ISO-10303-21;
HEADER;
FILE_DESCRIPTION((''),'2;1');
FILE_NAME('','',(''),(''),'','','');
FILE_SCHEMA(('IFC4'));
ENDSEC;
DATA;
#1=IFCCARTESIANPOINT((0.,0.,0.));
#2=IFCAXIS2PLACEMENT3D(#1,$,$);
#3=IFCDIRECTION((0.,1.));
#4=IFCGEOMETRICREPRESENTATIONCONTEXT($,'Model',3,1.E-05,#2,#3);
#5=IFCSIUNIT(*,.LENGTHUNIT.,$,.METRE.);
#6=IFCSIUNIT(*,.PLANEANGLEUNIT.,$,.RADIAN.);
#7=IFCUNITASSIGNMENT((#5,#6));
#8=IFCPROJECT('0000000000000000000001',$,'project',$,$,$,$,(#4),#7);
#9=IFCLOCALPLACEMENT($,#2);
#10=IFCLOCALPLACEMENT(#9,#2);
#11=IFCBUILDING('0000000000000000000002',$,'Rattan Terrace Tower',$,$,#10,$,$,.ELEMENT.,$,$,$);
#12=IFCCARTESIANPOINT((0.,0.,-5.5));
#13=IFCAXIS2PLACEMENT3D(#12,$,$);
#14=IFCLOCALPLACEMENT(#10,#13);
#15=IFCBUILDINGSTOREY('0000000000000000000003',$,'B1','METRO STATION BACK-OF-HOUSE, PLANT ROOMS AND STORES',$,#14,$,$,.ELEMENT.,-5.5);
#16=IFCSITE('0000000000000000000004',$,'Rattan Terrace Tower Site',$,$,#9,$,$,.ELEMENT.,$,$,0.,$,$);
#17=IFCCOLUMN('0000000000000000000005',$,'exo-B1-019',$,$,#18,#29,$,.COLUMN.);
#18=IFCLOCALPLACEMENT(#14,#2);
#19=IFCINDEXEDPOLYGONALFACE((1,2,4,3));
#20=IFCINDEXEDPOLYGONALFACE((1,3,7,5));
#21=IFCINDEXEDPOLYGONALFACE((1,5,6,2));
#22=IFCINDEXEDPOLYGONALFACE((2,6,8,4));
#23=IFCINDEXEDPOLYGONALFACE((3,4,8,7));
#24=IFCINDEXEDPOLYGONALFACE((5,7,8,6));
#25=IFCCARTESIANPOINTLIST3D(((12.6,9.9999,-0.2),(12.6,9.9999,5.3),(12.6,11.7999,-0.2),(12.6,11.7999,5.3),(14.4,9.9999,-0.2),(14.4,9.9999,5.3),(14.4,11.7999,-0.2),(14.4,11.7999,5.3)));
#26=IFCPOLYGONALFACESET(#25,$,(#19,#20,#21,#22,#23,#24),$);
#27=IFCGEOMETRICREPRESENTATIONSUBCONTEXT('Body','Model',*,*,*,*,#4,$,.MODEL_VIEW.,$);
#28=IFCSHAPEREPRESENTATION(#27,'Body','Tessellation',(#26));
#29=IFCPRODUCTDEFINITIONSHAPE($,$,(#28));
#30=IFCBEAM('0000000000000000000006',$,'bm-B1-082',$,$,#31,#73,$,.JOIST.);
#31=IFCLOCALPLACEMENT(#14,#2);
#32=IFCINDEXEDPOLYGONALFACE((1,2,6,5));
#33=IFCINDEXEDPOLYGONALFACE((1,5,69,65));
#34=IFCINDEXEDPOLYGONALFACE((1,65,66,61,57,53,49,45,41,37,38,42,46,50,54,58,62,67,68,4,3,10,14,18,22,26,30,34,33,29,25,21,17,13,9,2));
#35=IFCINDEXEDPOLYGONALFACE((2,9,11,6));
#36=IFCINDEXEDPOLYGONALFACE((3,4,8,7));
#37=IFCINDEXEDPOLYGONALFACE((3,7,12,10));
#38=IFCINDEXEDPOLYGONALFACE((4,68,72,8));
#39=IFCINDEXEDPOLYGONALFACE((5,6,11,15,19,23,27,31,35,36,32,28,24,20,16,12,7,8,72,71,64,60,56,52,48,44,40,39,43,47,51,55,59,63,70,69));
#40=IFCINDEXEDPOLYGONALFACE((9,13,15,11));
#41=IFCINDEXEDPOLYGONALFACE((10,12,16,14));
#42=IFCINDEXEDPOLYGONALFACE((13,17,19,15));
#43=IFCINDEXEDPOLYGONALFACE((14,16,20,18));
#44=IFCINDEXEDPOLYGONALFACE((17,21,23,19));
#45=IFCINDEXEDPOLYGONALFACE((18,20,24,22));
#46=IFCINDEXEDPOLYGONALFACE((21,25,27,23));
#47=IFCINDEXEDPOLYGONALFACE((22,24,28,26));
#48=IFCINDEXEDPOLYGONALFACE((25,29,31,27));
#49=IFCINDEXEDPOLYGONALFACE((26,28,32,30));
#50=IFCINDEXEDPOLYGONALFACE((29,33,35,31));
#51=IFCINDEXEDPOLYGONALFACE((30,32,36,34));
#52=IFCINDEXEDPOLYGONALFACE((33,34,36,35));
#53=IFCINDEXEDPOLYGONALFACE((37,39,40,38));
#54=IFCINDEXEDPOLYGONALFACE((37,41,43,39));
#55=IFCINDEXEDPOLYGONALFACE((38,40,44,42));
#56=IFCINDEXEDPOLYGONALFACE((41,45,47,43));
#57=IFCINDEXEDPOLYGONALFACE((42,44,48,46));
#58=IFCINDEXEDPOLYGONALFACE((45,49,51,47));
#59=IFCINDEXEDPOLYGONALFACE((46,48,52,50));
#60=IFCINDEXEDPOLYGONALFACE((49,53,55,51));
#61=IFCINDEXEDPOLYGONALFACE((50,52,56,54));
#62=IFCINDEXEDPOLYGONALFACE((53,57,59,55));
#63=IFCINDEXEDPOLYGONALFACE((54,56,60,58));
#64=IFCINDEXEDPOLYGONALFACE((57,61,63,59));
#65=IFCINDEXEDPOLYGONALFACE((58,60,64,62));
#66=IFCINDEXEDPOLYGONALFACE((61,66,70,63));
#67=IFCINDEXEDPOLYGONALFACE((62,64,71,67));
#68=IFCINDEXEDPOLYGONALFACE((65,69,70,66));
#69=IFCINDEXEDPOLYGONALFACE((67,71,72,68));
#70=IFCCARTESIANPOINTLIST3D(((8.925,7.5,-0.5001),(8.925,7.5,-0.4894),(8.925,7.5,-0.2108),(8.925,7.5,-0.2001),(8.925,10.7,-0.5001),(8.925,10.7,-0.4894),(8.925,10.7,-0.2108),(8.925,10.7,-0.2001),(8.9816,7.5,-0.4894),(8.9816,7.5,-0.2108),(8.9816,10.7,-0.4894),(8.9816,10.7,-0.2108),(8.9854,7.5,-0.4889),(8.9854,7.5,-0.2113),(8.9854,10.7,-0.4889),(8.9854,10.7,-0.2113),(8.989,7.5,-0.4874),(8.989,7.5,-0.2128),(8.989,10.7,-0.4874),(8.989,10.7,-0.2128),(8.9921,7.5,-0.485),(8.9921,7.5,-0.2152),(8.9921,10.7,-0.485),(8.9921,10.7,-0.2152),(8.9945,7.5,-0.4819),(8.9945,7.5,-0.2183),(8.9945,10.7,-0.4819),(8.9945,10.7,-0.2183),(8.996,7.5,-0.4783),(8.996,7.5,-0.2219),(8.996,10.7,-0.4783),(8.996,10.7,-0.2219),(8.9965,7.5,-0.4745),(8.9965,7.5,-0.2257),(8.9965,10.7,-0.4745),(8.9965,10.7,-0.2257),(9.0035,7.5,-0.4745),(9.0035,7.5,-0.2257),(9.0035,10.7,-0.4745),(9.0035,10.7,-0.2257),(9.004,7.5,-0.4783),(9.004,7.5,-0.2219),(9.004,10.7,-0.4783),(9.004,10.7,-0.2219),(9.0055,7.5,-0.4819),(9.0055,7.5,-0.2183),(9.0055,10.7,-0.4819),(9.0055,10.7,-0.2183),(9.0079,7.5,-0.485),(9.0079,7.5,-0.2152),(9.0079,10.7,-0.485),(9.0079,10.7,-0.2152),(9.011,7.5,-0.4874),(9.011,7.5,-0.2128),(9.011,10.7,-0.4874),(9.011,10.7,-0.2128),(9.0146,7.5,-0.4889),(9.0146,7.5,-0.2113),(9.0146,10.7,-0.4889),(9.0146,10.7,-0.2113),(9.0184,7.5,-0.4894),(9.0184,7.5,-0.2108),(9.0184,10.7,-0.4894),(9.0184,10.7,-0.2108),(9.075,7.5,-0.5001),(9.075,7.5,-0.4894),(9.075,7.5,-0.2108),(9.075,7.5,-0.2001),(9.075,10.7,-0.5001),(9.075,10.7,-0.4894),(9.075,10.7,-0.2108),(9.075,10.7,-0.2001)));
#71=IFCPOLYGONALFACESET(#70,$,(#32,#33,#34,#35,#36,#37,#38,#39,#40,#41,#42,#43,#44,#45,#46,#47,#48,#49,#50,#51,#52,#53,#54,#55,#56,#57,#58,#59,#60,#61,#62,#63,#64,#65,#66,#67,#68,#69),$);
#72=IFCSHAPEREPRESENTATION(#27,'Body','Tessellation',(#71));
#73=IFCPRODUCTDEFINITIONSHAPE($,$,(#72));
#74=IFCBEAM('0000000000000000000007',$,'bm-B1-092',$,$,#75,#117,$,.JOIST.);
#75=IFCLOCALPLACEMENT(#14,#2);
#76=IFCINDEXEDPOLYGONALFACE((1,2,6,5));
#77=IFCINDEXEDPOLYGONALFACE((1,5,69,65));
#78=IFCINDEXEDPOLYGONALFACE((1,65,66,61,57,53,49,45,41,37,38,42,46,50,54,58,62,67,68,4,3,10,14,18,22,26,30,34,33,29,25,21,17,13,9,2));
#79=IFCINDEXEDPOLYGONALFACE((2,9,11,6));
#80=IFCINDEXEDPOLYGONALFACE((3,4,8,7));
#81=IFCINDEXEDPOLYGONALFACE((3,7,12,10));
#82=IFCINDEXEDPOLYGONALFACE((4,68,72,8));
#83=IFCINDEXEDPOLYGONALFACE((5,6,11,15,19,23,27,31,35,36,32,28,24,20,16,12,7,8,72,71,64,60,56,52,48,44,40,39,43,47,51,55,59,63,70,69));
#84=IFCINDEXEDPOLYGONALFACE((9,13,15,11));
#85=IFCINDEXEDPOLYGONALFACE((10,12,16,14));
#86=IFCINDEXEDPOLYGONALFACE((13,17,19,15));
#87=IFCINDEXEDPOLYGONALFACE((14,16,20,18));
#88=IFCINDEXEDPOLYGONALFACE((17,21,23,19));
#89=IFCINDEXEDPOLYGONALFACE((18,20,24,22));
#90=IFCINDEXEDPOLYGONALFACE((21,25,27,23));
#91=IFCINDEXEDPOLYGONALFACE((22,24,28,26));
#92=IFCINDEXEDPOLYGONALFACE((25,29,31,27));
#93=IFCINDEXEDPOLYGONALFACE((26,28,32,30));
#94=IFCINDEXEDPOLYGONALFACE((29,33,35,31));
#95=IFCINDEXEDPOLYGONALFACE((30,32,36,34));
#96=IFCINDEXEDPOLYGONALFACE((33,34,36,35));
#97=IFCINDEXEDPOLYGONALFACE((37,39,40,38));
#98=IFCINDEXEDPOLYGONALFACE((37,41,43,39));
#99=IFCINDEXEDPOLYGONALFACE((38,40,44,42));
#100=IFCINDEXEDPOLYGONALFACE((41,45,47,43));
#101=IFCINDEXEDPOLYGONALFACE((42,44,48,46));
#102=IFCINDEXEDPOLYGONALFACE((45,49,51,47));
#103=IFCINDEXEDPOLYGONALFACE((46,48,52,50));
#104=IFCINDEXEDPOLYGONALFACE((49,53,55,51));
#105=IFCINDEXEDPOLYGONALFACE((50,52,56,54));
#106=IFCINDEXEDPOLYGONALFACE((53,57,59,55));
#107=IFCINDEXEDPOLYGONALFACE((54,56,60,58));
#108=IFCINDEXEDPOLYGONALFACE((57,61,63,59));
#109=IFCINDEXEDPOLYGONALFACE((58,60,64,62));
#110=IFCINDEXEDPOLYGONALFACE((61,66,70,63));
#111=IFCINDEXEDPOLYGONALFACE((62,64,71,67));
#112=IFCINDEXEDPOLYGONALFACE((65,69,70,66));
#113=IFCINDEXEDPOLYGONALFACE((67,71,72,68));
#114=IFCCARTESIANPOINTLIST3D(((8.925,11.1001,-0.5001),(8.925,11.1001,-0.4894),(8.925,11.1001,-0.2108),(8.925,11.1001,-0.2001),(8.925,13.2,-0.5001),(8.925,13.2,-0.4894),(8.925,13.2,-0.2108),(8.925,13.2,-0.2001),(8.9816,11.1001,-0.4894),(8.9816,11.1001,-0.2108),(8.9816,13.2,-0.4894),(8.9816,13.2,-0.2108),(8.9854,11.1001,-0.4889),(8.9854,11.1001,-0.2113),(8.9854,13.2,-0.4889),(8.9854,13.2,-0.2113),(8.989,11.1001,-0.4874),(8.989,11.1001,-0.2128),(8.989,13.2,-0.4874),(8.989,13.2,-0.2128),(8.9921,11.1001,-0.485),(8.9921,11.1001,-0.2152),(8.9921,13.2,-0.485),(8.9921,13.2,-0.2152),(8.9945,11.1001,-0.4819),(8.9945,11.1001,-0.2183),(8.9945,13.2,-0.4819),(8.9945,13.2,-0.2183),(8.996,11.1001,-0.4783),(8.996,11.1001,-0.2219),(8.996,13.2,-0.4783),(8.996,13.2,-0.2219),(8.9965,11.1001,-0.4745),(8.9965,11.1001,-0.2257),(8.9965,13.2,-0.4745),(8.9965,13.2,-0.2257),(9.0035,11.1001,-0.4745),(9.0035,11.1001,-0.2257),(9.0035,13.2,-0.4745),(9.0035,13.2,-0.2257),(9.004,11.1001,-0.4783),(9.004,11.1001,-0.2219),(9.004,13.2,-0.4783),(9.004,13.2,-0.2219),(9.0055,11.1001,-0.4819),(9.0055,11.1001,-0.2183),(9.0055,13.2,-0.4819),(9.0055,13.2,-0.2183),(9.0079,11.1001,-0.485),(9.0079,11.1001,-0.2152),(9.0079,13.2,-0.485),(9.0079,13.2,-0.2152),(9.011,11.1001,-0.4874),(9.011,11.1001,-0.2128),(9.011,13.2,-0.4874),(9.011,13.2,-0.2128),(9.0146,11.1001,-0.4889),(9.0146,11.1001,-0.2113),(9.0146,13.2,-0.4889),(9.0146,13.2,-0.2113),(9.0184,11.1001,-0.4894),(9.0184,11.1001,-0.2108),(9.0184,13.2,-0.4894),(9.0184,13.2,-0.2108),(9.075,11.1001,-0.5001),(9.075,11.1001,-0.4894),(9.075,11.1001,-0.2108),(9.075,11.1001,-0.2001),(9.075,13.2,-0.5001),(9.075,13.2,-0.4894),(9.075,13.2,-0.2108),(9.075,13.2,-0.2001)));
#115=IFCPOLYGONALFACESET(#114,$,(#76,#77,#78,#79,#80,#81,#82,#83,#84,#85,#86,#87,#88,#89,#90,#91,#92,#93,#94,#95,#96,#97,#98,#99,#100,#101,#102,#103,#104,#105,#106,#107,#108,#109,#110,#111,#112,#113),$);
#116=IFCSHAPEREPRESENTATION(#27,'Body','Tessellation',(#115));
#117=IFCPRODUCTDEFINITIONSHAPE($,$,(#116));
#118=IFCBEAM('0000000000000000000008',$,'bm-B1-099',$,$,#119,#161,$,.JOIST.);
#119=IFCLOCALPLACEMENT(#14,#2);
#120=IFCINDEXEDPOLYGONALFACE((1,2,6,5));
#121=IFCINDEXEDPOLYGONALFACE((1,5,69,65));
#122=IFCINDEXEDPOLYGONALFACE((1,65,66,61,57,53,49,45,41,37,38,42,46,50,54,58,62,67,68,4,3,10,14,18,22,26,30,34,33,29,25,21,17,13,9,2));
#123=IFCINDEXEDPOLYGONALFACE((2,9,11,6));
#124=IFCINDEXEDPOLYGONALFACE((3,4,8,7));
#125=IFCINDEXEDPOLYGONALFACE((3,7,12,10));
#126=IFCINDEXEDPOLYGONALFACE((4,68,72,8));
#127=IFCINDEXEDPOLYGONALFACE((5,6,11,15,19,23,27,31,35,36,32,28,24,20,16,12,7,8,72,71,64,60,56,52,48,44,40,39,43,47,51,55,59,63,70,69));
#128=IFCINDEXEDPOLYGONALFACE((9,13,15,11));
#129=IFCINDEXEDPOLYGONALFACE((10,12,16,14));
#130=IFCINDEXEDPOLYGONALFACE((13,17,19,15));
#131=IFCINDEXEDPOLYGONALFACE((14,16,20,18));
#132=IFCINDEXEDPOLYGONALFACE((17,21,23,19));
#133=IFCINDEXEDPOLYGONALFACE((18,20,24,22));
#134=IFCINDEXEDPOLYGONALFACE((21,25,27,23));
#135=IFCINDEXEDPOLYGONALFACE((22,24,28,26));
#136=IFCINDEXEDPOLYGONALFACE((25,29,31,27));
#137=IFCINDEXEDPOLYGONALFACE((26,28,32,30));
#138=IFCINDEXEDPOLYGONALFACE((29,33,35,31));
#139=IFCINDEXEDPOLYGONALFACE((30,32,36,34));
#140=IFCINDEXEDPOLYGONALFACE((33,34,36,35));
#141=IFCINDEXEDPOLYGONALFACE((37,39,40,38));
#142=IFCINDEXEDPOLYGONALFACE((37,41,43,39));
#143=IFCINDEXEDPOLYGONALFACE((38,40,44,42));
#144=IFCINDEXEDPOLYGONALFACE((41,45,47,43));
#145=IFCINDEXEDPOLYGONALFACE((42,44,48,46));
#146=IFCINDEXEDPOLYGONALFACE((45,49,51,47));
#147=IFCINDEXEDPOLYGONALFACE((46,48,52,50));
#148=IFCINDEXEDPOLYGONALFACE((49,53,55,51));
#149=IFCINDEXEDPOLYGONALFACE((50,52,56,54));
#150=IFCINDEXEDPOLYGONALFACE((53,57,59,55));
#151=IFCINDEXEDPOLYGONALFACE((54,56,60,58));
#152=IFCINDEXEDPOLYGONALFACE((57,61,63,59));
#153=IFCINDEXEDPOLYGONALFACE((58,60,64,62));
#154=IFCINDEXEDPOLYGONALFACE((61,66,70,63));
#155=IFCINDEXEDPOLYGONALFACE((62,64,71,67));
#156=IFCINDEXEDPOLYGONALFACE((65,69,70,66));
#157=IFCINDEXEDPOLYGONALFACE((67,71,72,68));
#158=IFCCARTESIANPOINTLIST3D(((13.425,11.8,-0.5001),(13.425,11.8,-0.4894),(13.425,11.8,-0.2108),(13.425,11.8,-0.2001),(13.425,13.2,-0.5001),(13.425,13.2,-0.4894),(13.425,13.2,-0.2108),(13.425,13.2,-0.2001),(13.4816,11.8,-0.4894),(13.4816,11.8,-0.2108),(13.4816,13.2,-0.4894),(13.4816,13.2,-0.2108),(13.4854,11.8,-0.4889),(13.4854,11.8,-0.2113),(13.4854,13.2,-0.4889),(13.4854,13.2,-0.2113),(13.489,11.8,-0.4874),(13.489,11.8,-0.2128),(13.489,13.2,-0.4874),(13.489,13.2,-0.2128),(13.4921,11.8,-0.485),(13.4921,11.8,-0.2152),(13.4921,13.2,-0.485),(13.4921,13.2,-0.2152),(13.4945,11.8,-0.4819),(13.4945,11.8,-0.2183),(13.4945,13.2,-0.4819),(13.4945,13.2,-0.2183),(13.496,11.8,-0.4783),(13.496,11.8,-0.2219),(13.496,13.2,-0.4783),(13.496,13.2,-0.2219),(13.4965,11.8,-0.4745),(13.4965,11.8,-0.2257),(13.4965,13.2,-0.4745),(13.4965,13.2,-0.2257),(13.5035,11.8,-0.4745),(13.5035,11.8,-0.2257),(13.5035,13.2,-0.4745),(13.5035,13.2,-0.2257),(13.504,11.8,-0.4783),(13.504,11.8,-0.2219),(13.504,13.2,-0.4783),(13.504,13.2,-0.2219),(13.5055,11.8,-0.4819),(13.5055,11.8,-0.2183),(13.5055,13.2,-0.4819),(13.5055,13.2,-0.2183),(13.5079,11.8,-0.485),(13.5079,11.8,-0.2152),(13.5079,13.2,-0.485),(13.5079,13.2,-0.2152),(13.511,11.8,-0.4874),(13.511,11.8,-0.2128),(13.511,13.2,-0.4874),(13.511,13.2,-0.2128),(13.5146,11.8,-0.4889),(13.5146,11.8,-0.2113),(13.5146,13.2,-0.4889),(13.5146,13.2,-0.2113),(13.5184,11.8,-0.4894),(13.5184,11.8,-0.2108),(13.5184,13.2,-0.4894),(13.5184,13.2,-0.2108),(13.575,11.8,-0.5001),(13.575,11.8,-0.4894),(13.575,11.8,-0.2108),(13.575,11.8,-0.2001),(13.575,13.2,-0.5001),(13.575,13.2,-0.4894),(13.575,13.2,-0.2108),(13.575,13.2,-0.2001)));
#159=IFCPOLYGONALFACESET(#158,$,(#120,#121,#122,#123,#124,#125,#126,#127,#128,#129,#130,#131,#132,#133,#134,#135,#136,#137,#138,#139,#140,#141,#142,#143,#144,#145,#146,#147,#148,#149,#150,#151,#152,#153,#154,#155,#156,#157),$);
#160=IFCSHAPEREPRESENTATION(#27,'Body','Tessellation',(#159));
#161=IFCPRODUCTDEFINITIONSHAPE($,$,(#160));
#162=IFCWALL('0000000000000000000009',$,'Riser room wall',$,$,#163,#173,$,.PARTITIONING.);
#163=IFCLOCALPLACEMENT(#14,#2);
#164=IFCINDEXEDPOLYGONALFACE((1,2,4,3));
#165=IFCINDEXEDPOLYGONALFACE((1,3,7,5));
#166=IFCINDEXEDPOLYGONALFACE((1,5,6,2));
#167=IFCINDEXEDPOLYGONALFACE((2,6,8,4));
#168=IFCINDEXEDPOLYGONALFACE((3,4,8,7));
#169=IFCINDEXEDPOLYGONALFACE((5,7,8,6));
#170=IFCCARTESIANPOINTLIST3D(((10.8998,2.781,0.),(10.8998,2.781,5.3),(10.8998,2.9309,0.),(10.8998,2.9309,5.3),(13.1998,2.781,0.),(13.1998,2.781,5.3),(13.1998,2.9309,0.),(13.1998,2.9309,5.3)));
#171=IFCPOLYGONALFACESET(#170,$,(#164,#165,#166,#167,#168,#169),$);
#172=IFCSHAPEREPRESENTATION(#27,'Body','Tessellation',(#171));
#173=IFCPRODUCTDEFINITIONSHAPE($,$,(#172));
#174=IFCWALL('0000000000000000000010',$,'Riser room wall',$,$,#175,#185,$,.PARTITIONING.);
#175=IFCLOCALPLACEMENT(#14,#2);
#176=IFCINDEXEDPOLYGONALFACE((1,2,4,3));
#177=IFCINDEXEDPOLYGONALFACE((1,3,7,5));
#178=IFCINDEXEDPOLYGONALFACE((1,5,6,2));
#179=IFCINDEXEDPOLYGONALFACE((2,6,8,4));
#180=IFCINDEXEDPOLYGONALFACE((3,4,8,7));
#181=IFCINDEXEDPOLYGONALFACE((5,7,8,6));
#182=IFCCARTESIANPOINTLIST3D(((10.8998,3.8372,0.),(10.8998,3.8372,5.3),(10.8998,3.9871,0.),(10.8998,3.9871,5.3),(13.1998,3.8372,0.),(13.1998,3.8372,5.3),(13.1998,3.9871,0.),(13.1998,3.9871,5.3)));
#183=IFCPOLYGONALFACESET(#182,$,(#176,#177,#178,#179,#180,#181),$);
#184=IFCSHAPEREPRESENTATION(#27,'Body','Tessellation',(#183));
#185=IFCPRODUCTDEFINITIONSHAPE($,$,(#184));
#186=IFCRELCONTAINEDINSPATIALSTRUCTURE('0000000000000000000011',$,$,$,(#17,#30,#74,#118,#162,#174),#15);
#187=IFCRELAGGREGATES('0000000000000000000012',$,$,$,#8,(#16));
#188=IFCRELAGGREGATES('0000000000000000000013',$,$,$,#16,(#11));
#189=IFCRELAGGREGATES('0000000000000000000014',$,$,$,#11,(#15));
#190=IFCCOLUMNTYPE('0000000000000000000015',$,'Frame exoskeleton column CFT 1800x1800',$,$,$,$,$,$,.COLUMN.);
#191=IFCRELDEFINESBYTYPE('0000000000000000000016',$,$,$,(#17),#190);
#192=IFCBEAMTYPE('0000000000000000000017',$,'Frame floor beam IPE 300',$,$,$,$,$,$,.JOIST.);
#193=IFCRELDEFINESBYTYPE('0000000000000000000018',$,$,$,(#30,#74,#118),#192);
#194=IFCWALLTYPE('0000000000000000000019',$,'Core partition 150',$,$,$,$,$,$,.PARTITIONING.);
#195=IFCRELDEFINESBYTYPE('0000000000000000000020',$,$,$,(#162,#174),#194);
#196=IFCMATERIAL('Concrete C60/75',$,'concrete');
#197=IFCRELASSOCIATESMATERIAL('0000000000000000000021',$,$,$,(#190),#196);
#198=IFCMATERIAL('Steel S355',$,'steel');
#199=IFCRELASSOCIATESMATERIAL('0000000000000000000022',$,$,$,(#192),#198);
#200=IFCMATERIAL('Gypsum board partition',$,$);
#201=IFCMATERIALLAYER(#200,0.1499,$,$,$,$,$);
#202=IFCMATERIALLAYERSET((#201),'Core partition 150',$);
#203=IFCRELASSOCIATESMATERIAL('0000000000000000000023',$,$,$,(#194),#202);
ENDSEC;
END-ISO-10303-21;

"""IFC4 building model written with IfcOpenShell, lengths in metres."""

from ifc_helpers import new_model, si_unit, direction, frame, frame_2d, origin, origin_2d, place, context, subcontext, project, spatial, rectangle, i_section, extrude, material, layer, layer_set, material_profile, profile_set, type_object, element, save


model = new_model("IFC4")

# Units and contexts
model_context = context("Model", 3, precision=1e-05, world=origin(), true_north=direction((0.0, 1.0)))
body_context = subcontext(model_context, "Body", "Model", "MODEL_VIEW")
ifc_project = project(units=[si_unit("LENGTHUNIT", "METRE"), si_unit("PLANEANGLEUNIT", "RADIAN")], contexts=[model_context])

# Site, building, storey
site_placement = place(None, origin())
site = spatial("IfcSite", under=ifc_project, at=site_placement, Name="Rattan Terrace Tower Site", CompositionType="ELEMENT", RefElevation=0.0)
building_placement = place(site_placement, origin())
building = spatial("IfcBuilding", under=site, at=building_placement, Name="Rattan Terrace Tower", CompositionType="ELEMENT")
storey_placement = place(building_placement, frame((0.0, 0.0, -5.5)))
storey = spatial("IfcBuildingStorey", under=building, at=storey_placement, Name="B1", Description="METRO STATION BACK-OF-HOUSE, PLANT ROOMS AND STORES", CompositionType="ELEMENT", Elevation=-5.5)

# Column
ifc_material_1 = material(Name="Concrete C60/75", Category="concrete")
ifc_material_profile_1 = material_profile(ifc_material_1, rectangle(XDim=1.8, YDim=1.8, at=origin_2d()), Name="CFT 1800x1800")
ifc_profile_set_1 = profile_set([ifc_material_profile_1], Name="Concrete C60/75")
column_type = type_object("IfcColumnType", Name="Frame exoskeleton column CFT 1800x1800", PredefinedType="COLUMN", material=ifc_profile_set_1)
column_placement = place(storey_placement, frame((13.5, 10.8999, -0.2), z_axis=(0.0, 0.0, 1.0), x_axis=(1.0, 0.0, 0.0)))
element("IfcColumn", 1, at=column_placement, inside=storey, type_object=column_type, Name="exo-B1-019", PredefinedType="COLUMN", context=body_context, shape_type="SweptSolid", body=[
    extrude(rectangle(XDim=1.8, YDim=1.8, at=origin_2d()), origin(), (0.0, 0.0, 1.0), 5.5),
])

# Beams
ifc_material_2 = material(Name="Steel S355", Category="steel")
ifc_material_profile_2 = material_profile(ifc_material_2, i_section(OverallWidth=0.1499, OverallDepth=0.3, WebThickness=0.0071, FlangeThickness=0.0107, FilletRadius=0.0149, at=origin_2d()), Name="IPE 300")
ifc_profile_set_2 = profile_set([ifc_material_profile_2], Name="Steel S355")
beam_type = type_object("IfcBeamType", Name="Frame floor beam IPE 300", PredefinedType="JOIST", material=ifc_profile_set_2)
beam_1_placement = place(storey_placement, frame((9.0, 7.5, -0.3501), z_axis=(0.0, 1.0, 0.0), x_axis=(-1.0, 0.0, 0.0)))
element("IfcBeam", 2, at=beam_1_placement, inside=storey, type_object=beam_type, Name="bm-B1-082", PredefinedType="JOIST", context=body_context, shape_type="SweptSolid", body=[
    extrude(i_section(OverallWidth=0.1499, OverallDepth=0.3, WebThickness=0.0071, FlangeThickness=0.0107, FilletRadius=0.0149, at=origin_2d()), origin(), (0.0, 0.0, 1.0), 3.2),
])
beam_2_placement = place(storey_placement, frame((9.0, 11.1001, -0.3501), z_axis=(0.0, 1.0, 0.0), x_axis=(-1.0, 0.0, 0.0)))
element("IfcBeam", 3, at=beam_2_placement, inside=storey, type_object=beam_type, Name="bm-B1-092", PredefinedType="JOIST", context=body_context, shape_type="SweptSolid", body=[
    extrude(i_section(OverallWidth=0.1499, OverallDepth=0.3, WebThickness=0.0071, FlangeThickness=0.0107, FilletRadius=0.0149, at=origin_2d()), origin(), (0.0, 0.0, 1.0), 2.0999),
])
beam_3_placement = place(storey_placement, frame((13.5, 11.8, -0.3501), z_axis=(0.0, 1.0, 0.0), x_axis=(-1.0, 0.0, 0.0)))
element("IfcBeam", 4, at=beam_3_placement, inside=storey, type_object=beam_type, Name="bm-B1-099", PredefinedType="JOIST", context=body_context, shape_type="SweptSolid", body=[
    extrude(i_section(OverallWidth=0.1499, OverallDepth=0.3, WebThickness=0.0071, FlangeThickness=0.0107, FilletRadius=0.0149, at=origin_2d()), origin(), (0.0, 0.0, 1.0), 1.3999),
])

# Walls
ifc_material_3 = material(Name="Gypsum board partition")
ifc_layer_1 = layer(ifc_material_3, 0.1499)
ifc_layer_set_1 = layer_set([ifc_layer_1], Name="Core partition 150")
wall_type_1 = type_object("IfcWallType", Name="Core partition 150", PredefinedType="PARTITIONING", material=ifc_layer_set_1)
for number, where, z_axis, x_axis, name in (
    (5, (10.8999, 2.856, 0.0), (0.0, 0.0, 1.0), (1.0, 0.0, 0.0), "Riser room wall"),
    (6, (10.8999, 3.9121, 0.0), (0.0, 0.0, 1.0), (1.0, 0.0, 0.0), "Riser room wall"),
):
    element("IfcWall", number, at=place(storey_placement, frame(where, z_axis=z_axis, x_axis=x_axis)), inside=storey, type_object=wall_type_1, Name=name, PredefinedType="PARTITIONING", context=body_context, shape_type="SweptSolid", body=[
        extrude(rectangle(XDim=2.3, YDim=0.1499, at=frame_2d((1.1499, 0.0))), origin(), (0.0, 0.0, 1.0), 5.3),
    ])

save(model, "model.ifc")
